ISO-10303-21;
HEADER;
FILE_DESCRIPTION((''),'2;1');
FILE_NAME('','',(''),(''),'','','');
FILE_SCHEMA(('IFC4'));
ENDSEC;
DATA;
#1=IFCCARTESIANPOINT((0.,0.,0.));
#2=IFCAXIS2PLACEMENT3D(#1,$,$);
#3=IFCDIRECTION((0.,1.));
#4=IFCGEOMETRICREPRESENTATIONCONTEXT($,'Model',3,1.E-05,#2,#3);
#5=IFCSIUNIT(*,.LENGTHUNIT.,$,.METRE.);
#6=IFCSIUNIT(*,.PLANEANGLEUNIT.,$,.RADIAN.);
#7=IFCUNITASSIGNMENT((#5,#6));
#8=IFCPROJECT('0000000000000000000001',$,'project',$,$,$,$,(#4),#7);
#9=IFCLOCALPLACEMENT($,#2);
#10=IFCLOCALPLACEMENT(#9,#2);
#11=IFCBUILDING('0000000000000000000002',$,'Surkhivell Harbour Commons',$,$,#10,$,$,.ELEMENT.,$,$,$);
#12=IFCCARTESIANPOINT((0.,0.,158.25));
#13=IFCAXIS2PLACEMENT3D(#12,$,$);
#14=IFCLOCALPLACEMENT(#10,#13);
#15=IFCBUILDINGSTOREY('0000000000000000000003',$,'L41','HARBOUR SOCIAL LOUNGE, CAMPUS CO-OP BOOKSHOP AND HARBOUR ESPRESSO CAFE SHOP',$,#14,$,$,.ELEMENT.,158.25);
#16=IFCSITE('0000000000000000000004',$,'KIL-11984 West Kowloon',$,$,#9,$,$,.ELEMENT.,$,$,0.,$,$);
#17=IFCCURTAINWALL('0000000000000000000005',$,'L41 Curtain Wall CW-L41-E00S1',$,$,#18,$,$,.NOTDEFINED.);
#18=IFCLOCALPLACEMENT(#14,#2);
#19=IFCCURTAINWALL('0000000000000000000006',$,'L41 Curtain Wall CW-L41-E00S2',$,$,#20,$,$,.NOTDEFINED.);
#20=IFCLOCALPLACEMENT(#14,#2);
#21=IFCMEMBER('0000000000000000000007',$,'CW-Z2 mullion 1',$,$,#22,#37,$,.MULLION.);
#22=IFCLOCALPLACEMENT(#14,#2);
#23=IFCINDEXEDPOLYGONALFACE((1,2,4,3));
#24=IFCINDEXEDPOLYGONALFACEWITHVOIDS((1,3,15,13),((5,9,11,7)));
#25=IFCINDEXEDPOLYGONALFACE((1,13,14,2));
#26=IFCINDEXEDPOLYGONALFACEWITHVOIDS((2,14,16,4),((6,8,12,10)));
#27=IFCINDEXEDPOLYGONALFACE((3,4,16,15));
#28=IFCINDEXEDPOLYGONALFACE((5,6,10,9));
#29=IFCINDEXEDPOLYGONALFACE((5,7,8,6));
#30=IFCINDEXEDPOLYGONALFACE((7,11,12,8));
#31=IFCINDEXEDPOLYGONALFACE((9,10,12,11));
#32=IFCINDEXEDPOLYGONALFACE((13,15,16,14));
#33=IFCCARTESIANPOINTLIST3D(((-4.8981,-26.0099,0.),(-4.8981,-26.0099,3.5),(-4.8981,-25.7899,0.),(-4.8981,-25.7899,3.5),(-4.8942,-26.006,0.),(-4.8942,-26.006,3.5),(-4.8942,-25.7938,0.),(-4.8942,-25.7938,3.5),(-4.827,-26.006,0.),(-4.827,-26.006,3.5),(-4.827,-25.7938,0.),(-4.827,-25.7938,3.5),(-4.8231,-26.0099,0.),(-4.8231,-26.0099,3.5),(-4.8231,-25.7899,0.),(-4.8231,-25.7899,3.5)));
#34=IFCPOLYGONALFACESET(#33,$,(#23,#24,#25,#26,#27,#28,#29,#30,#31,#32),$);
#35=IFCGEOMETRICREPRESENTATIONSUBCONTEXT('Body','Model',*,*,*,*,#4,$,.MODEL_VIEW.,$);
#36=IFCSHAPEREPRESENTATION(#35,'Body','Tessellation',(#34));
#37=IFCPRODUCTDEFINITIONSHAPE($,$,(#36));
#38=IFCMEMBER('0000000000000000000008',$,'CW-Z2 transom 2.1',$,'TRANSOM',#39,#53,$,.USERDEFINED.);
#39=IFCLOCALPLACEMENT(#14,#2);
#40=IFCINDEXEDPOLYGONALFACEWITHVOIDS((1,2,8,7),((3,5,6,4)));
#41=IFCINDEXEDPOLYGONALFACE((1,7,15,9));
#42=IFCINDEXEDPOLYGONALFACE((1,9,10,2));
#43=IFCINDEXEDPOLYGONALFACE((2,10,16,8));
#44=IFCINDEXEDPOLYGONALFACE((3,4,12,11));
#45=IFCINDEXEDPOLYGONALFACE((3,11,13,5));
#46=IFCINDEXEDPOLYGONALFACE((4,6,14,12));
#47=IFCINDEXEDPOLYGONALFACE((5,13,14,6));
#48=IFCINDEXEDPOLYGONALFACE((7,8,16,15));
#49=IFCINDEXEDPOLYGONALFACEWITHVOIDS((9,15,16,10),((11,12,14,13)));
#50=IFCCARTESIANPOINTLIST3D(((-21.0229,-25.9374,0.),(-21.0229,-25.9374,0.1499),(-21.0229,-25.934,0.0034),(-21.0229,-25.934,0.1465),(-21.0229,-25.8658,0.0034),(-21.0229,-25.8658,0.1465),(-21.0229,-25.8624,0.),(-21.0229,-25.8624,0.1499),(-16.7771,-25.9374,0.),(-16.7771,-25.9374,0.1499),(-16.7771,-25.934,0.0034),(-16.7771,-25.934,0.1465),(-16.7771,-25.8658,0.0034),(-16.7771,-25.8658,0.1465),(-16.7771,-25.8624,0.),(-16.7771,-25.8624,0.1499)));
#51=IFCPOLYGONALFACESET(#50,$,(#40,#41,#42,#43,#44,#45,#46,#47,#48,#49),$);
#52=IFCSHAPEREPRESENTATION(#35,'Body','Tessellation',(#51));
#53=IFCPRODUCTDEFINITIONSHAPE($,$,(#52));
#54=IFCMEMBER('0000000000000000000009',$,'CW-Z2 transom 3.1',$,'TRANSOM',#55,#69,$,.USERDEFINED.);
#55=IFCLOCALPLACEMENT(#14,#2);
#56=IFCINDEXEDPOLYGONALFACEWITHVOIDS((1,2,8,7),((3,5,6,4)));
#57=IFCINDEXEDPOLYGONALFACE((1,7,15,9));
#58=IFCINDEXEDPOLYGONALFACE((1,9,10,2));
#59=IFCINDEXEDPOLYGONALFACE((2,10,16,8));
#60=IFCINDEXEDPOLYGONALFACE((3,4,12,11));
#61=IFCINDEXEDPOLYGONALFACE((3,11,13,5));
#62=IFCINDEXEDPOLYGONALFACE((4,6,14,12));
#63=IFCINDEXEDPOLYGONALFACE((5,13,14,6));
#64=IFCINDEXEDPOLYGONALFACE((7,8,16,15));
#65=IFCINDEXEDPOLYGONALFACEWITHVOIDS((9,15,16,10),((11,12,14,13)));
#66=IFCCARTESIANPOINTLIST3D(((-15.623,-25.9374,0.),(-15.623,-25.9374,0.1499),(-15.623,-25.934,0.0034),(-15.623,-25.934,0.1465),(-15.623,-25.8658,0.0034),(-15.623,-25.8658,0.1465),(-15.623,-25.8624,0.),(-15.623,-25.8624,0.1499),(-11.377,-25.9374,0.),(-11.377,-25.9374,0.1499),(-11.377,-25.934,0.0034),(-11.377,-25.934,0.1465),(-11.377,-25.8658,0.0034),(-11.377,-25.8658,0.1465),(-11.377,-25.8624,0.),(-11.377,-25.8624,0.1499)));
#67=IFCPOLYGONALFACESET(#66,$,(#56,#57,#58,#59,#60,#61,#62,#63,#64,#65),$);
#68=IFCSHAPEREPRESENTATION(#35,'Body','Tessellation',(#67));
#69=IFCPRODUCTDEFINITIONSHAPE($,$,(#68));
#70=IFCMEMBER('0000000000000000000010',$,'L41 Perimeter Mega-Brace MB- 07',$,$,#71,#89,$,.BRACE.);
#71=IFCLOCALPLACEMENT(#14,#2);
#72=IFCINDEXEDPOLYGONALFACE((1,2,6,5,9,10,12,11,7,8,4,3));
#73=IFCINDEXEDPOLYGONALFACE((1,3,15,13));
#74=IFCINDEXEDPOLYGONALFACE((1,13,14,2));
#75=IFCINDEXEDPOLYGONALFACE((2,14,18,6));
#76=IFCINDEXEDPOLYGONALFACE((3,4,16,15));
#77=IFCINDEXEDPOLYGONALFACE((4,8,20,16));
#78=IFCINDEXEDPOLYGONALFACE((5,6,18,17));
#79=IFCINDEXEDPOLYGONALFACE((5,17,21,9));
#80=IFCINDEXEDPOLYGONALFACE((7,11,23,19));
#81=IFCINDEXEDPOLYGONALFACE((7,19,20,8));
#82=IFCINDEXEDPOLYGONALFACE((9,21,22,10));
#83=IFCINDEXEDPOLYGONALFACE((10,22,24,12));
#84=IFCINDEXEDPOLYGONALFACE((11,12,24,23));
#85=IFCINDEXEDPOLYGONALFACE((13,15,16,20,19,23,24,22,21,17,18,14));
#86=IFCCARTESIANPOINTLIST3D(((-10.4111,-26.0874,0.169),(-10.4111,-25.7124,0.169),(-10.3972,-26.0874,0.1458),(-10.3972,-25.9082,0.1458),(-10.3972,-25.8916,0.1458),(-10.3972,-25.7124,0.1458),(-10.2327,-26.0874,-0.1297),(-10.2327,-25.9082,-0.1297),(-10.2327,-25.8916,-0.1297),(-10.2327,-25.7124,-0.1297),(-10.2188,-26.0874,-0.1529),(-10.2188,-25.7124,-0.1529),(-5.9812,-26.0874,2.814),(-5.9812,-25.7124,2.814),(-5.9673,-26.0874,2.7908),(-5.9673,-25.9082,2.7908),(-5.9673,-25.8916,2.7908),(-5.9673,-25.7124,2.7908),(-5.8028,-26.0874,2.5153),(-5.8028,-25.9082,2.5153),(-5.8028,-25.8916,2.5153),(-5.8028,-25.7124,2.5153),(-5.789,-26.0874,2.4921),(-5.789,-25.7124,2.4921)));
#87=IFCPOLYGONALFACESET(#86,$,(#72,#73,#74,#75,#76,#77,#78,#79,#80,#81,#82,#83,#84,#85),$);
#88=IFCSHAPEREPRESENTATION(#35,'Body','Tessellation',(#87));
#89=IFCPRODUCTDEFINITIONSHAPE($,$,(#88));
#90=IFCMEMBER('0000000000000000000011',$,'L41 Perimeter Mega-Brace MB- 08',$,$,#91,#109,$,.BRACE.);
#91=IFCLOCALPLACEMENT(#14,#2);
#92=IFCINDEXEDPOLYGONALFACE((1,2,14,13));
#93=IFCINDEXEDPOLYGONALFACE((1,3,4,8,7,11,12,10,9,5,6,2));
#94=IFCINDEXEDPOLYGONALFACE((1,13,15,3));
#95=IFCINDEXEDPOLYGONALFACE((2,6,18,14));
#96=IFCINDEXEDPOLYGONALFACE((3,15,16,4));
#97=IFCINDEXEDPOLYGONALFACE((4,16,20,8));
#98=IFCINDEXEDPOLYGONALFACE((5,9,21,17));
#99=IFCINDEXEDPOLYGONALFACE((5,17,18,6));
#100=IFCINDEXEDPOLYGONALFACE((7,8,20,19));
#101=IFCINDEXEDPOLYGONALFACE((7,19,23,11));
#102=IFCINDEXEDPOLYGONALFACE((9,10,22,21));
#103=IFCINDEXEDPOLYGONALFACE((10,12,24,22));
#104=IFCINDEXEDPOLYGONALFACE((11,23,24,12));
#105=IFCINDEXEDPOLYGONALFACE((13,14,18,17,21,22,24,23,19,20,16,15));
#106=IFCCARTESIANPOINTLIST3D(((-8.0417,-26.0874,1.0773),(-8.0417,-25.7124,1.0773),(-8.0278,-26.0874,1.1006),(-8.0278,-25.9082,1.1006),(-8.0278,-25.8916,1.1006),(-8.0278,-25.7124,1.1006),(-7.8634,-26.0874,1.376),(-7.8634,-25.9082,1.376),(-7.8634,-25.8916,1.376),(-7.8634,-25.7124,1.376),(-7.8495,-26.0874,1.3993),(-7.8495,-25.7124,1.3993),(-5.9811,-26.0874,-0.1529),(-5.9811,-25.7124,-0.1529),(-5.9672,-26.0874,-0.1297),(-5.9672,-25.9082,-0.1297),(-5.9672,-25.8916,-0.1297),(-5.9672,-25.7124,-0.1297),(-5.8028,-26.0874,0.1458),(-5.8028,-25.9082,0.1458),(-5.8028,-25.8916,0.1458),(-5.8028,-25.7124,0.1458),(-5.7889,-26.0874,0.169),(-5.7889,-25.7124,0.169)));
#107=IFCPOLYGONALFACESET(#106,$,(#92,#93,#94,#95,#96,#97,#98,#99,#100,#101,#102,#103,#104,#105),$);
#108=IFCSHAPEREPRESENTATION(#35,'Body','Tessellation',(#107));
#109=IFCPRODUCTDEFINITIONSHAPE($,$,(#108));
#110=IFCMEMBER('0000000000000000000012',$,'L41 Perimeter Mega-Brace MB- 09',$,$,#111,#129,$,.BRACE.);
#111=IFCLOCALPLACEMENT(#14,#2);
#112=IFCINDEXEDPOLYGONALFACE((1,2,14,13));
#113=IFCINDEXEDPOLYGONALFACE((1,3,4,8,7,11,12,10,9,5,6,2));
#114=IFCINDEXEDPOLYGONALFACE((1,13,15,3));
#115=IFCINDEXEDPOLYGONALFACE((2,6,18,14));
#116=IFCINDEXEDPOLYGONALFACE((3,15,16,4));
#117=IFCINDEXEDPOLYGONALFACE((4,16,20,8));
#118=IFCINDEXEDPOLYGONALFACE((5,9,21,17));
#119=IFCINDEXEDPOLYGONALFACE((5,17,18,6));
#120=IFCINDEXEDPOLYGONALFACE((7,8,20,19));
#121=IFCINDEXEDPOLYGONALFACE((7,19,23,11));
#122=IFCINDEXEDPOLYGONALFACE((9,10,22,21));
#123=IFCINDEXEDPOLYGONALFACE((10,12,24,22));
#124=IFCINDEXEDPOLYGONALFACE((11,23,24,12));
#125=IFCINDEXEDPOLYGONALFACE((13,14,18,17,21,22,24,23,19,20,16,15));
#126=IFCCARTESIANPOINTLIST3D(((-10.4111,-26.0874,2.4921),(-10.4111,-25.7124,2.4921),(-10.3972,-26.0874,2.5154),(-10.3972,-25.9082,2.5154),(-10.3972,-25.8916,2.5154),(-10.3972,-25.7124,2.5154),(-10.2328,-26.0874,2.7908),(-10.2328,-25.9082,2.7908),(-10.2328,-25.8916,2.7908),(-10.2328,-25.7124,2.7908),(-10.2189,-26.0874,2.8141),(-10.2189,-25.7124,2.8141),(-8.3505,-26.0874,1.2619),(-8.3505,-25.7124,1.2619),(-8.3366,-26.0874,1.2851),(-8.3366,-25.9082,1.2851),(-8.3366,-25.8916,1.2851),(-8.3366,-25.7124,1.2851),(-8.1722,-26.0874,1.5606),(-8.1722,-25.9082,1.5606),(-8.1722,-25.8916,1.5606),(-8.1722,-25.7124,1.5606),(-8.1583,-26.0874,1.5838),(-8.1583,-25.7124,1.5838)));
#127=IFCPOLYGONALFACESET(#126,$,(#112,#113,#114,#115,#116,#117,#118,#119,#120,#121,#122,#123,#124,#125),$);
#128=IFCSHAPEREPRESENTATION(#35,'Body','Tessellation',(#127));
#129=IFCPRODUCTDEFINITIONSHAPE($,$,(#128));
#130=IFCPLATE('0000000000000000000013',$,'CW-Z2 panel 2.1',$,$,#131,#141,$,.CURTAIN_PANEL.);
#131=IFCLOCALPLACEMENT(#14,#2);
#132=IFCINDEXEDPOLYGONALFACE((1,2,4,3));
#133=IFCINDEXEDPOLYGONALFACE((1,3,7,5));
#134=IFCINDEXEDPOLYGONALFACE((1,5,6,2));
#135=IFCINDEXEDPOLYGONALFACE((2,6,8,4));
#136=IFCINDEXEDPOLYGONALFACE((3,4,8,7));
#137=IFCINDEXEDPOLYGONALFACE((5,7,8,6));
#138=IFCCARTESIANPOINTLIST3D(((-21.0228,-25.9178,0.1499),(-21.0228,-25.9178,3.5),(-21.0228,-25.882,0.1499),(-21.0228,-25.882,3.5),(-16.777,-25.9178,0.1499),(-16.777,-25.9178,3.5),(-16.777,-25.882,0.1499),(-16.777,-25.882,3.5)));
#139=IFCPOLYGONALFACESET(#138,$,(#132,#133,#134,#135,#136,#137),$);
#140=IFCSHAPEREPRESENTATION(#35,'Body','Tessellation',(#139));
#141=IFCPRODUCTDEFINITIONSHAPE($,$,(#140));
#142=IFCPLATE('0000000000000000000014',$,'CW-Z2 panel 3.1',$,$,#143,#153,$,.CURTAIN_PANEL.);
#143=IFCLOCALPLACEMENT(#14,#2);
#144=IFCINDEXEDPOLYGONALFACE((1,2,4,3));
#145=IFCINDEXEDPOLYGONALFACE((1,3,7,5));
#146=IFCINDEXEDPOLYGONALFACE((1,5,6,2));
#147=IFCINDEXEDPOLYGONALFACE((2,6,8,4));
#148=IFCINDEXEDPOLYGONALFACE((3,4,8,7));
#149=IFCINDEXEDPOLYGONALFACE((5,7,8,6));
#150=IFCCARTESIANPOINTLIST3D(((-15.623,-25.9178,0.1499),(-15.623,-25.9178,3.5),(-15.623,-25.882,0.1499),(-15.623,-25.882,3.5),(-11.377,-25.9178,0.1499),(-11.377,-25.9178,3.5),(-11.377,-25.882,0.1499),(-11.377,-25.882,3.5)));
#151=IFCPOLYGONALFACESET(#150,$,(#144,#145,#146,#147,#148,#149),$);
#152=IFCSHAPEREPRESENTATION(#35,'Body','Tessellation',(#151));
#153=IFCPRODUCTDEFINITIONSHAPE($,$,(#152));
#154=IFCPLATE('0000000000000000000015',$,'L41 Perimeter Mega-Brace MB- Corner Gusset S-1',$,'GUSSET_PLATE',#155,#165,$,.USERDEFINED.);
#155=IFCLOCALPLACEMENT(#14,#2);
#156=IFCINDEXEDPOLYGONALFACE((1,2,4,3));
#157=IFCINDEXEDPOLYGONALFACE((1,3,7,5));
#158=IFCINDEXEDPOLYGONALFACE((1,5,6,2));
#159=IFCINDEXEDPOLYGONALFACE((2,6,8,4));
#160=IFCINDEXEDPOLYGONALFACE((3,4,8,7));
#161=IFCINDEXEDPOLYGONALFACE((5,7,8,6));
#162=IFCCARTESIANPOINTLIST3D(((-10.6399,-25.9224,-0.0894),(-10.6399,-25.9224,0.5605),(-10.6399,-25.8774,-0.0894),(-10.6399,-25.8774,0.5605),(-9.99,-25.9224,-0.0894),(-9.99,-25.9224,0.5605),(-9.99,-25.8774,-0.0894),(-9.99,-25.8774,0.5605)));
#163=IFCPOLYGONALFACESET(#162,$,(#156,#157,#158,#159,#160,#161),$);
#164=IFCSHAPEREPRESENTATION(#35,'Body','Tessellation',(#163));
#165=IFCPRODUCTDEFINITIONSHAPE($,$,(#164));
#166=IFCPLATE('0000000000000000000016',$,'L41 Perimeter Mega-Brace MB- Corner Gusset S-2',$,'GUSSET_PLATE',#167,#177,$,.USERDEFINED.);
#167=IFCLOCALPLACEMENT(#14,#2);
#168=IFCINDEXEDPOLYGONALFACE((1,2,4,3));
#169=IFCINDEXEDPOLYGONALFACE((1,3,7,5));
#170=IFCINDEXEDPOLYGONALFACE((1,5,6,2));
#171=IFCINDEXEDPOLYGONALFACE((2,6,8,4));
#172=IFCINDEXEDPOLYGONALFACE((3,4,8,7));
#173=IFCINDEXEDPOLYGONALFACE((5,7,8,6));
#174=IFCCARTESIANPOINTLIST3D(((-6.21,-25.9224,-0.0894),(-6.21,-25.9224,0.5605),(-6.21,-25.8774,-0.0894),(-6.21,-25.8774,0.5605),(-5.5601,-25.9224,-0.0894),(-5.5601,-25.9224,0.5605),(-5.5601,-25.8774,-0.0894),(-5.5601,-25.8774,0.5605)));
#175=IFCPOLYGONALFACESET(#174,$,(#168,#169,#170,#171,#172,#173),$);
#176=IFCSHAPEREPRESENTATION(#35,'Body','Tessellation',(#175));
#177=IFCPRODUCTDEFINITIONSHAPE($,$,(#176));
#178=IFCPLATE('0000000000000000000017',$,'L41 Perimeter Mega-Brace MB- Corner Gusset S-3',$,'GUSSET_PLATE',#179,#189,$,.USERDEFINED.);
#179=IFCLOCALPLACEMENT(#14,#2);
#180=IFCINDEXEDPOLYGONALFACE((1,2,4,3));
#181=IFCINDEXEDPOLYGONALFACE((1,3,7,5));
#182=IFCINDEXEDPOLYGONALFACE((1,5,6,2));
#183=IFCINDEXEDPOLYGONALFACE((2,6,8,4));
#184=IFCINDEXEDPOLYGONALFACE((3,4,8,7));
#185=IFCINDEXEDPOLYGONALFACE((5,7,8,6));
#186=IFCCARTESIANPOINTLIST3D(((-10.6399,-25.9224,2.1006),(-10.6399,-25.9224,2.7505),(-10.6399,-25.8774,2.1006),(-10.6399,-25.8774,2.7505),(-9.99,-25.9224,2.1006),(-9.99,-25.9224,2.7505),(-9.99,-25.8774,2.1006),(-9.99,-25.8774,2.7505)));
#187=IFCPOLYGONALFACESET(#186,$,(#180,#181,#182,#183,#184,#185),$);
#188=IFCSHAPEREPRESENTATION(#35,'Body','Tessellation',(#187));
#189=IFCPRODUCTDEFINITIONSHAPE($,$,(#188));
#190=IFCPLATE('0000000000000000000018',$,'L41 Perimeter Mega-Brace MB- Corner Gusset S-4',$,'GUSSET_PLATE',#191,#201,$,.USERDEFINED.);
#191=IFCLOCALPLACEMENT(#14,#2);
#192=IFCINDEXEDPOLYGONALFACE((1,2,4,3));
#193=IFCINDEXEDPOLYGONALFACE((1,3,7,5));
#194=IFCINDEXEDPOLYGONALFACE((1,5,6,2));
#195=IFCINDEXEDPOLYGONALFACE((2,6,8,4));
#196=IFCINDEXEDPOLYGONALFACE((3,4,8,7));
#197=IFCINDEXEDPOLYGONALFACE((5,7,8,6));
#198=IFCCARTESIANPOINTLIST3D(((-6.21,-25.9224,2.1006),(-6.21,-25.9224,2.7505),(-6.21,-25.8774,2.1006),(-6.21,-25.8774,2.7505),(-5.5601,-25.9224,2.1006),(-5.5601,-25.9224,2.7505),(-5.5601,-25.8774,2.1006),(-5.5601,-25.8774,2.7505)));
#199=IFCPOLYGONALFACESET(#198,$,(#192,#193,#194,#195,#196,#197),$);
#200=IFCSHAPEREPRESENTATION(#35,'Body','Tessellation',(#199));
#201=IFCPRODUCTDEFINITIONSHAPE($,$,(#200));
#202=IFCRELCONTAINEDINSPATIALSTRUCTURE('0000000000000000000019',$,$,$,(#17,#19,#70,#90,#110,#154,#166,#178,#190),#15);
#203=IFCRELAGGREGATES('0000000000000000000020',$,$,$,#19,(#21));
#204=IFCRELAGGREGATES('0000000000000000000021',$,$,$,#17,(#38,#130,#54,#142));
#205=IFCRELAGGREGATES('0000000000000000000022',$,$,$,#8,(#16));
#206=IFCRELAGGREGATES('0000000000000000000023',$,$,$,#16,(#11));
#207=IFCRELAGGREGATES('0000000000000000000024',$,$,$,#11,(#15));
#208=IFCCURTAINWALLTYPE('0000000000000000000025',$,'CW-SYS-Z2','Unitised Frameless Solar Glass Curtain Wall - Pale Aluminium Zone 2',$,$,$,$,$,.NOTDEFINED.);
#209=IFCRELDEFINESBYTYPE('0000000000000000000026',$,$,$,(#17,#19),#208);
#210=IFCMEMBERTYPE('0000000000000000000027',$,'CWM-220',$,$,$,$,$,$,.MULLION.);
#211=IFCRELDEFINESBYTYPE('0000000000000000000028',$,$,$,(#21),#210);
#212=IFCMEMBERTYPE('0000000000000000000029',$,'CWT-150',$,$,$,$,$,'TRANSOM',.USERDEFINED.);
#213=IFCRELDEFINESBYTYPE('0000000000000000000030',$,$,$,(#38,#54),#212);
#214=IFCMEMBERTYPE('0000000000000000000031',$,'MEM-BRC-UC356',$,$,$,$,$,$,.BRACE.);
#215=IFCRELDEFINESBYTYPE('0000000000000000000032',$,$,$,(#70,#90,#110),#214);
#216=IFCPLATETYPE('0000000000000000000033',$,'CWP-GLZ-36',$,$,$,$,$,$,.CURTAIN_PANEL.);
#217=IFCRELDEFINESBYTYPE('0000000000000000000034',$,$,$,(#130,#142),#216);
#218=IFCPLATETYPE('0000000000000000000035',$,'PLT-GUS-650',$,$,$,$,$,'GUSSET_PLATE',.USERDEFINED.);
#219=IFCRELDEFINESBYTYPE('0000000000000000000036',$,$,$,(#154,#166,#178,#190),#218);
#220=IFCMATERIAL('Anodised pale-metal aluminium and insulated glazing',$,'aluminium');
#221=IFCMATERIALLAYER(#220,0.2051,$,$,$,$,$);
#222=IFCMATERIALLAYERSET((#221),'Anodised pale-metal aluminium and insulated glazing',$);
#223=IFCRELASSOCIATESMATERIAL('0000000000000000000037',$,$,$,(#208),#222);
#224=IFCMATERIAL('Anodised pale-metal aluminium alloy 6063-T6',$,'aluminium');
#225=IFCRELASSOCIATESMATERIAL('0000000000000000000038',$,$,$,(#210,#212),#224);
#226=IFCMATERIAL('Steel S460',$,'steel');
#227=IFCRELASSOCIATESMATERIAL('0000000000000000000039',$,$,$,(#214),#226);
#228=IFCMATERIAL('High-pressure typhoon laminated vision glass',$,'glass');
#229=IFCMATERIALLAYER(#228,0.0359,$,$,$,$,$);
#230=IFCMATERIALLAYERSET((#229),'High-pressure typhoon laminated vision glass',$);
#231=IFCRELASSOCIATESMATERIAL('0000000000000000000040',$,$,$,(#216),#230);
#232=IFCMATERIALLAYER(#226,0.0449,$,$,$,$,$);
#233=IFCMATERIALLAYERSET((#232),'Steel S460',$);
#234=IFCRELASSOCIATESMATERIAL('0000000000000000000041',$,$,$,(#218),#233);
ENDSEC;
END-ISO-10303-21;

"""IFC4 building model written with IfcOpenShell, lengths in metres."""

from ifc_helpers import new_model, si_unit, direction, frame, frame_2d, origin, origin_2d, place, context, subcontext, project, spatial, rectangle, hollow_rectangle, i_section, extrude, material, layer, layer_set, material_profile, profile_set, type_object, element, aggregate, save


model = new_model("IFC4")

# Units and contexts
model_context = context("Model", 3, precision=1e-05, world=origin(), true_north=direction((0.0, 1.0)))
body_context = subcontext(model_context, "Body", "Model", "MODEL_VIEW")
ifc_project = project(units=[si_unit("LENGTHUNIT", "METRE"), si_unit("PLANEANGLEUNIT", "RADIAN")], contexts=[model_context])

# Site, building, storey
site_placement = place(None, origin())
site = spatial("IfcSite", under=ifc_project, at=site_placement, Name="KIL-11984 West Kowloon", CompositionType="ELEMENT", RefElevation=0.0)
building_placement = place(site_placement, origin())
building = spatial("IfcBuilding", under=site, at=building_placement, Name="Surkhivell Harbour Commons", CompositionType="ELEMENT")
storey_placement = place(building_placement, frame((0.0, 0.0, 158.25)))
storey = spatial("IfcBuildingStorey", under=building, at=storey_placement, Name="L41", Description="HARBOUR SOCIAL LOUNGE, CAMPUS CO-OP BOOKSHOP AND HARBOUR ESPRESSO CAFE SHOP", CompositionType="ELEMENT", Elevation=158.25)

# Shared definitions
ifc_material_1 = material(Name="Steel S460", Category="steel")

# Curtain wall
ifc_material_2 = material(Name="Anodised pale-metal aluminium and insulated glazing", Category="aluminium")
ifc_layer_1 = layer(ifc_material_2, 0.2051)
ifc_layer_set_1 = layer_set([ifc_layer_1], Name="Anodised pale-metal aluminium and insulated glazing")
curtain_wall_type = type_object("IfcCurtainWallType", Name="CW-SYS-Z2", Description="Unitised Frameless Solar Glass Curtain Wall - Pale Aluminium Zone 2", PredefinedType="NOTDEFINED", material=ifc_layer_set_1)
curtain_wall_1_placement = place(storey_placement, origin())
curtain_wall_1 = element("IfcCurtainWall", 1, at=curtain_wall_1_placement, inside=storey, type_object=curtain_wall_type, Name="L41 Curtain Wall CW-L41-E00S1", PredefinedType="NOTDEFINED")
ifc_material_3 = material(Name="Anodised pale-metal aluminium alloy 6063-T6", Category="aluminium")
ifc_material_profile_1 = material_profile(ifc_material_3, hollow_rectangle(XDim=0.075, YDim=0.22, WallThickness=0.0039, at=origin_2d()), Name="ALU-MULL-75x220")
ifc_profile_set_1 = profile_set([ifc_material_profile_1], Name="Anodised pale-metal aluminium alloy 6063-T6")
member_type_1 = type_object("IfcMemberType", Name="CWM-220", PredefinedType="MULLION", material=ifc_profile_set_1)

# Curtain wall, member
curtain_wall_2_placement = place(storey_placement, origin())
curtain_wall_2 = element("IfcCurtainWall", 2, at=curtain_wall_2_placement, inside=storey, type_object=curtain_wall_type, Name="L41 Curtain Wall CW-L41-E00S2", PredefinedType="NOTDEFINED")
member_1_placement = place(storey_placement, frame((-4.8606, -25.8999, 0.0), z_axis=(0.0, 0.0, 1.0), x_axis=(1.0, 0.0, 0.0)))
member_1 = element("IfcMember", 3, at=member_1_placement, type_object=member_type_1, Name="CW-Z2 mullion 1", PredefinedType="MULLION", context=body_context, shape_type="SweptSolid", body=[
    extrude(hollow_rectangle(XDim=0.075, YDim=0.22, WallThickness=0.0039, at=origin_2d()), origin(), (0.0, 0.0, 1.0), 3.5),
])
aggregate(curtain_wall_2, [member_1])

# Members
ifc_material_profile_2 = material_profile(ifc_material_3, hollow_rectangle(XDim=0.075, YDim=0.1499, WallThickness=0.0034, at=origin_2d()), Name="ALU-TRAN-75x150")
ifc_profile_set_2 = profile_set([ifc_material_profile_2], Name="Anodised pale-metal aluminium alloy 6063-T6")
member_type_2 = type_object("IfcMemberType", Name="CWT-150", ElementType="TRANSOM", PredefinedType="USERDEFINED", material=ifc_profile_set_2)
member_2_placement = place(storey_placement, frame((-21.0229, -25.8999, 0.075), z_axis=(1.0, 0.0, 0.0), x_axis=(0.0, 1.0, 0.0)))
member_2 = element("IfcMember", 4, at=member_2_placement, type_object=member_type_2, Name="CW-Z2 transom 2.1", ObjectType="TRANSOM", PredefinedType="USERDEFINED", context=body_context, shape_type="SweptSolid", body=[
    extrude(hollow_rectangle(XDim=0.075, YDim=0.1499, WallThickness=0.0034, at=origin_2d()), origin(), (0.0, 0.0, 1.0), 4.2458),
])
member_3_placement = place(storey_placement, frame((-15.623, -25.8999, 0.075), z_axis=(1.0, 0.0, 0.0), x_axis=(0.0, 1.0, 0.0)))
member_3 = element("IfcMember", 5, at=member_3_placement, type_object=member_type_2, Name="CW-Z2 transom 3.1", ObjectType="TRANSOM", PredefinedType="USERDEFINED", context=body_context, shape_type="SweptSolid", body=[
    extrude(hollow_rectangle(XDim=0.075, YDim=0.1499, WallThickness=0.0034, at=origin_2d()), origin(), (0.0, 0.0, 1.0), 4.2461),
])

# Members
ifc_material_profile_3 = material_profile(ifc_material_1, i_section(OverallWidth=0.375, OverallDepth=0.375, WebThickness=0.0166, FlangeThickness=0.0271, at=origin_2d()), Name="UC356x368x202")
ifc_profile_set_3 = profile_set([ifc_material_profile_3], Name="Steel S460")
member_type_3 = type_object("IfcMemberType", Name="MEM-BRC-UC356", PredefinedType="BRACE", material=ifc_profile_set_3)
member_4_placement = place(storey_placement, frame((-10.3149, -25.8999, 0.0081), z_axis=(0.858597, 0.0, 0.512651), x_axis=(0.0, 1.0, 0.0)))
element("IfcMember", 6, at=member_4_placement, inside=storey, type_object=member_type_3, Name="L41 Perimeter Mega-Brace MB- 07", PredefinedType="BRACE", context=body_context, shape_type="SweptSolid", body=[
    extrude(i_section(OverallWidth=0.375, OverallDepth=0.375, WebThickness=0.0166, FlangeThickness=0.0271, at=origin_2d()), origin(), (0.0, 0.0, 1.0), 5.1594),
])
for number, where, z_axis, x_axis, name in (
    (7, (-5.885, -25.8999, 0.0081), (-0.858613, 0.0, 0.512624), (0.0, -1.0, 0.0), "L41 Perimeter Mega-Brace MB- 08"),
    (8, (-8.2544, -25.8999, 1.4229), (-0.858613, 0.0, 0.512624), (0.0, -1.0, 0.0), "L41 Perimeter Mega-Brace MB- 09"),
):
    element("IfcMember", number, at=place(storey_placement, frame(where, z_axis=z_axis, x_axis=x_axis)), inside=storey, type_object=member_type_3, Name=name, PredefinedType="BRACE", context=body_context, shape_type="SweptSolid", body=[
        extrude(i_section(OverallWidth=0.375, OverallDepth=0.375, WebThickness=0.0166, FlangeThickness=0.0271, at=origin_2d()), origin(), (0.0, 0.0, 1.0), 2.3999),
    ])

# Plates
ifc_material_4 = material(Name="High-pressure typhoon laminated vision glass", Category="glass")
ifc_layer_2 = layer(ifc_material_4, 0.0359)
ifc_layer_set_2 = layer_set([ifc_layer_2], Name="High-pressure typhoon laminated vision glass")
plate_type_1 = type_object("IfcPlateType", Name="CWP-GLZ-36", PredefinedType="CURTAIN_PANEL", material=ifc_layer_set_2)
plate_1_placement = place(storey_placement, frame((-21.0229, -25.8999, 0.1499), z_axis=(0.0, 0.0, 1.0), x_axis=(1.0, 0.0, 0.0)))
plate_1 = element("IfcPlate", 9, at=plate_1_placement, type_object=plate_type_1, Name="CW-Z2 panel 2.1", PredefinedType="CURTAIN_PANEL", context=body_context, shape_type="SweptSolid", body=[
    extrude(rectangle(XDim=4.2458, YDim=0.0359, at=frame_2d((2.123, 0.0))), origin(), (0.0, 0.0, 1.0), 3.3501),
])
plate_2_placement = place(storey_placement, frame((-15.623, -25.8999, 0.1499), z_axis=(0.0, 0.0, 1.0), x_axis=(1.0, 0.0, 0.0)))
plate_2 = element("IfcPlate", 10, at=plate_2_placement, type_object=plate_type_1, Name="CW-Z2 panel 3.1", PredefinedType="CURTAIN_PANEL", context=body_context, shape_type="SweptSolid", body=[
    extrude(rectangle(XDim=4.2461, YDim=0.0359, at=frame_2d((2.123, 0.0))), origin(), (0.0, 0.0, 1.0), 3.3501),
])
aggregate(curtain_wall_1, [member_2, plate_1, member_3, plate_2])

# Plates
ifc_layer_3 = layer(ifc_material_1, 0.0449)
ifc_layer_set_3 = layer_set([ifc_layer_3], Name="Steel S460")
plate_type_2 = type_object("IfcPlateType", Name="PLT-GUS-650", ElementType="GUSSET_PLATE", PredefinedType="USERDEFINED", material=ifc_layer_set_3)
for number, where, z_axis, x_axis, name in (
    (11, (-10.3149, -25.8999, -0.0894), (0.0, 0.0, 1.0), (1.0, 0.0, 0.0), "L41 Perimeter Mega-Brace MB- Corner Gusset S-1"),
    (12, (-5.885, -25.8999, -0.0894), (0.0, 0.0, 1.0), (1.0, 0.0, 0.0), "L41 Perimeter Mega-Brace MB- Corner Gusset S-2"),
    (13, (-10.3149, -25.8999, 2.1006), (0.0, 0.0, 1.0), (1.0, 0.0, 0.0), "L41 Perimeter Mega-Brace MB- Corner Gusset S-3"),
    (14, (-5.885, -25.8999, 2.1006), (0.0, 0.0, 1.0), (1.0, 0.0, 0.0), "L41 Perimeter Mega-Brace MB- Corner Gusset S-4"),
):
    element("IfcPlate", number, at=place(storey_placement, frame(where, z_axis=z_axis, x_axis=x_axis)), inside=storey, type_object=plate_type_2, Name=name, ObjectType="GUSSET_PLATE", PredefinedType="USERDEFINED", context=body_context, shape_type="SweptSolid", body=[
        extrude(rectangle(XDim=0.6499, YDim=0.0449, at=origin_2d()), origin(), (0.0, 0.0, 1.0), 0.6499),
    ])

save(model, "model.ifc")
